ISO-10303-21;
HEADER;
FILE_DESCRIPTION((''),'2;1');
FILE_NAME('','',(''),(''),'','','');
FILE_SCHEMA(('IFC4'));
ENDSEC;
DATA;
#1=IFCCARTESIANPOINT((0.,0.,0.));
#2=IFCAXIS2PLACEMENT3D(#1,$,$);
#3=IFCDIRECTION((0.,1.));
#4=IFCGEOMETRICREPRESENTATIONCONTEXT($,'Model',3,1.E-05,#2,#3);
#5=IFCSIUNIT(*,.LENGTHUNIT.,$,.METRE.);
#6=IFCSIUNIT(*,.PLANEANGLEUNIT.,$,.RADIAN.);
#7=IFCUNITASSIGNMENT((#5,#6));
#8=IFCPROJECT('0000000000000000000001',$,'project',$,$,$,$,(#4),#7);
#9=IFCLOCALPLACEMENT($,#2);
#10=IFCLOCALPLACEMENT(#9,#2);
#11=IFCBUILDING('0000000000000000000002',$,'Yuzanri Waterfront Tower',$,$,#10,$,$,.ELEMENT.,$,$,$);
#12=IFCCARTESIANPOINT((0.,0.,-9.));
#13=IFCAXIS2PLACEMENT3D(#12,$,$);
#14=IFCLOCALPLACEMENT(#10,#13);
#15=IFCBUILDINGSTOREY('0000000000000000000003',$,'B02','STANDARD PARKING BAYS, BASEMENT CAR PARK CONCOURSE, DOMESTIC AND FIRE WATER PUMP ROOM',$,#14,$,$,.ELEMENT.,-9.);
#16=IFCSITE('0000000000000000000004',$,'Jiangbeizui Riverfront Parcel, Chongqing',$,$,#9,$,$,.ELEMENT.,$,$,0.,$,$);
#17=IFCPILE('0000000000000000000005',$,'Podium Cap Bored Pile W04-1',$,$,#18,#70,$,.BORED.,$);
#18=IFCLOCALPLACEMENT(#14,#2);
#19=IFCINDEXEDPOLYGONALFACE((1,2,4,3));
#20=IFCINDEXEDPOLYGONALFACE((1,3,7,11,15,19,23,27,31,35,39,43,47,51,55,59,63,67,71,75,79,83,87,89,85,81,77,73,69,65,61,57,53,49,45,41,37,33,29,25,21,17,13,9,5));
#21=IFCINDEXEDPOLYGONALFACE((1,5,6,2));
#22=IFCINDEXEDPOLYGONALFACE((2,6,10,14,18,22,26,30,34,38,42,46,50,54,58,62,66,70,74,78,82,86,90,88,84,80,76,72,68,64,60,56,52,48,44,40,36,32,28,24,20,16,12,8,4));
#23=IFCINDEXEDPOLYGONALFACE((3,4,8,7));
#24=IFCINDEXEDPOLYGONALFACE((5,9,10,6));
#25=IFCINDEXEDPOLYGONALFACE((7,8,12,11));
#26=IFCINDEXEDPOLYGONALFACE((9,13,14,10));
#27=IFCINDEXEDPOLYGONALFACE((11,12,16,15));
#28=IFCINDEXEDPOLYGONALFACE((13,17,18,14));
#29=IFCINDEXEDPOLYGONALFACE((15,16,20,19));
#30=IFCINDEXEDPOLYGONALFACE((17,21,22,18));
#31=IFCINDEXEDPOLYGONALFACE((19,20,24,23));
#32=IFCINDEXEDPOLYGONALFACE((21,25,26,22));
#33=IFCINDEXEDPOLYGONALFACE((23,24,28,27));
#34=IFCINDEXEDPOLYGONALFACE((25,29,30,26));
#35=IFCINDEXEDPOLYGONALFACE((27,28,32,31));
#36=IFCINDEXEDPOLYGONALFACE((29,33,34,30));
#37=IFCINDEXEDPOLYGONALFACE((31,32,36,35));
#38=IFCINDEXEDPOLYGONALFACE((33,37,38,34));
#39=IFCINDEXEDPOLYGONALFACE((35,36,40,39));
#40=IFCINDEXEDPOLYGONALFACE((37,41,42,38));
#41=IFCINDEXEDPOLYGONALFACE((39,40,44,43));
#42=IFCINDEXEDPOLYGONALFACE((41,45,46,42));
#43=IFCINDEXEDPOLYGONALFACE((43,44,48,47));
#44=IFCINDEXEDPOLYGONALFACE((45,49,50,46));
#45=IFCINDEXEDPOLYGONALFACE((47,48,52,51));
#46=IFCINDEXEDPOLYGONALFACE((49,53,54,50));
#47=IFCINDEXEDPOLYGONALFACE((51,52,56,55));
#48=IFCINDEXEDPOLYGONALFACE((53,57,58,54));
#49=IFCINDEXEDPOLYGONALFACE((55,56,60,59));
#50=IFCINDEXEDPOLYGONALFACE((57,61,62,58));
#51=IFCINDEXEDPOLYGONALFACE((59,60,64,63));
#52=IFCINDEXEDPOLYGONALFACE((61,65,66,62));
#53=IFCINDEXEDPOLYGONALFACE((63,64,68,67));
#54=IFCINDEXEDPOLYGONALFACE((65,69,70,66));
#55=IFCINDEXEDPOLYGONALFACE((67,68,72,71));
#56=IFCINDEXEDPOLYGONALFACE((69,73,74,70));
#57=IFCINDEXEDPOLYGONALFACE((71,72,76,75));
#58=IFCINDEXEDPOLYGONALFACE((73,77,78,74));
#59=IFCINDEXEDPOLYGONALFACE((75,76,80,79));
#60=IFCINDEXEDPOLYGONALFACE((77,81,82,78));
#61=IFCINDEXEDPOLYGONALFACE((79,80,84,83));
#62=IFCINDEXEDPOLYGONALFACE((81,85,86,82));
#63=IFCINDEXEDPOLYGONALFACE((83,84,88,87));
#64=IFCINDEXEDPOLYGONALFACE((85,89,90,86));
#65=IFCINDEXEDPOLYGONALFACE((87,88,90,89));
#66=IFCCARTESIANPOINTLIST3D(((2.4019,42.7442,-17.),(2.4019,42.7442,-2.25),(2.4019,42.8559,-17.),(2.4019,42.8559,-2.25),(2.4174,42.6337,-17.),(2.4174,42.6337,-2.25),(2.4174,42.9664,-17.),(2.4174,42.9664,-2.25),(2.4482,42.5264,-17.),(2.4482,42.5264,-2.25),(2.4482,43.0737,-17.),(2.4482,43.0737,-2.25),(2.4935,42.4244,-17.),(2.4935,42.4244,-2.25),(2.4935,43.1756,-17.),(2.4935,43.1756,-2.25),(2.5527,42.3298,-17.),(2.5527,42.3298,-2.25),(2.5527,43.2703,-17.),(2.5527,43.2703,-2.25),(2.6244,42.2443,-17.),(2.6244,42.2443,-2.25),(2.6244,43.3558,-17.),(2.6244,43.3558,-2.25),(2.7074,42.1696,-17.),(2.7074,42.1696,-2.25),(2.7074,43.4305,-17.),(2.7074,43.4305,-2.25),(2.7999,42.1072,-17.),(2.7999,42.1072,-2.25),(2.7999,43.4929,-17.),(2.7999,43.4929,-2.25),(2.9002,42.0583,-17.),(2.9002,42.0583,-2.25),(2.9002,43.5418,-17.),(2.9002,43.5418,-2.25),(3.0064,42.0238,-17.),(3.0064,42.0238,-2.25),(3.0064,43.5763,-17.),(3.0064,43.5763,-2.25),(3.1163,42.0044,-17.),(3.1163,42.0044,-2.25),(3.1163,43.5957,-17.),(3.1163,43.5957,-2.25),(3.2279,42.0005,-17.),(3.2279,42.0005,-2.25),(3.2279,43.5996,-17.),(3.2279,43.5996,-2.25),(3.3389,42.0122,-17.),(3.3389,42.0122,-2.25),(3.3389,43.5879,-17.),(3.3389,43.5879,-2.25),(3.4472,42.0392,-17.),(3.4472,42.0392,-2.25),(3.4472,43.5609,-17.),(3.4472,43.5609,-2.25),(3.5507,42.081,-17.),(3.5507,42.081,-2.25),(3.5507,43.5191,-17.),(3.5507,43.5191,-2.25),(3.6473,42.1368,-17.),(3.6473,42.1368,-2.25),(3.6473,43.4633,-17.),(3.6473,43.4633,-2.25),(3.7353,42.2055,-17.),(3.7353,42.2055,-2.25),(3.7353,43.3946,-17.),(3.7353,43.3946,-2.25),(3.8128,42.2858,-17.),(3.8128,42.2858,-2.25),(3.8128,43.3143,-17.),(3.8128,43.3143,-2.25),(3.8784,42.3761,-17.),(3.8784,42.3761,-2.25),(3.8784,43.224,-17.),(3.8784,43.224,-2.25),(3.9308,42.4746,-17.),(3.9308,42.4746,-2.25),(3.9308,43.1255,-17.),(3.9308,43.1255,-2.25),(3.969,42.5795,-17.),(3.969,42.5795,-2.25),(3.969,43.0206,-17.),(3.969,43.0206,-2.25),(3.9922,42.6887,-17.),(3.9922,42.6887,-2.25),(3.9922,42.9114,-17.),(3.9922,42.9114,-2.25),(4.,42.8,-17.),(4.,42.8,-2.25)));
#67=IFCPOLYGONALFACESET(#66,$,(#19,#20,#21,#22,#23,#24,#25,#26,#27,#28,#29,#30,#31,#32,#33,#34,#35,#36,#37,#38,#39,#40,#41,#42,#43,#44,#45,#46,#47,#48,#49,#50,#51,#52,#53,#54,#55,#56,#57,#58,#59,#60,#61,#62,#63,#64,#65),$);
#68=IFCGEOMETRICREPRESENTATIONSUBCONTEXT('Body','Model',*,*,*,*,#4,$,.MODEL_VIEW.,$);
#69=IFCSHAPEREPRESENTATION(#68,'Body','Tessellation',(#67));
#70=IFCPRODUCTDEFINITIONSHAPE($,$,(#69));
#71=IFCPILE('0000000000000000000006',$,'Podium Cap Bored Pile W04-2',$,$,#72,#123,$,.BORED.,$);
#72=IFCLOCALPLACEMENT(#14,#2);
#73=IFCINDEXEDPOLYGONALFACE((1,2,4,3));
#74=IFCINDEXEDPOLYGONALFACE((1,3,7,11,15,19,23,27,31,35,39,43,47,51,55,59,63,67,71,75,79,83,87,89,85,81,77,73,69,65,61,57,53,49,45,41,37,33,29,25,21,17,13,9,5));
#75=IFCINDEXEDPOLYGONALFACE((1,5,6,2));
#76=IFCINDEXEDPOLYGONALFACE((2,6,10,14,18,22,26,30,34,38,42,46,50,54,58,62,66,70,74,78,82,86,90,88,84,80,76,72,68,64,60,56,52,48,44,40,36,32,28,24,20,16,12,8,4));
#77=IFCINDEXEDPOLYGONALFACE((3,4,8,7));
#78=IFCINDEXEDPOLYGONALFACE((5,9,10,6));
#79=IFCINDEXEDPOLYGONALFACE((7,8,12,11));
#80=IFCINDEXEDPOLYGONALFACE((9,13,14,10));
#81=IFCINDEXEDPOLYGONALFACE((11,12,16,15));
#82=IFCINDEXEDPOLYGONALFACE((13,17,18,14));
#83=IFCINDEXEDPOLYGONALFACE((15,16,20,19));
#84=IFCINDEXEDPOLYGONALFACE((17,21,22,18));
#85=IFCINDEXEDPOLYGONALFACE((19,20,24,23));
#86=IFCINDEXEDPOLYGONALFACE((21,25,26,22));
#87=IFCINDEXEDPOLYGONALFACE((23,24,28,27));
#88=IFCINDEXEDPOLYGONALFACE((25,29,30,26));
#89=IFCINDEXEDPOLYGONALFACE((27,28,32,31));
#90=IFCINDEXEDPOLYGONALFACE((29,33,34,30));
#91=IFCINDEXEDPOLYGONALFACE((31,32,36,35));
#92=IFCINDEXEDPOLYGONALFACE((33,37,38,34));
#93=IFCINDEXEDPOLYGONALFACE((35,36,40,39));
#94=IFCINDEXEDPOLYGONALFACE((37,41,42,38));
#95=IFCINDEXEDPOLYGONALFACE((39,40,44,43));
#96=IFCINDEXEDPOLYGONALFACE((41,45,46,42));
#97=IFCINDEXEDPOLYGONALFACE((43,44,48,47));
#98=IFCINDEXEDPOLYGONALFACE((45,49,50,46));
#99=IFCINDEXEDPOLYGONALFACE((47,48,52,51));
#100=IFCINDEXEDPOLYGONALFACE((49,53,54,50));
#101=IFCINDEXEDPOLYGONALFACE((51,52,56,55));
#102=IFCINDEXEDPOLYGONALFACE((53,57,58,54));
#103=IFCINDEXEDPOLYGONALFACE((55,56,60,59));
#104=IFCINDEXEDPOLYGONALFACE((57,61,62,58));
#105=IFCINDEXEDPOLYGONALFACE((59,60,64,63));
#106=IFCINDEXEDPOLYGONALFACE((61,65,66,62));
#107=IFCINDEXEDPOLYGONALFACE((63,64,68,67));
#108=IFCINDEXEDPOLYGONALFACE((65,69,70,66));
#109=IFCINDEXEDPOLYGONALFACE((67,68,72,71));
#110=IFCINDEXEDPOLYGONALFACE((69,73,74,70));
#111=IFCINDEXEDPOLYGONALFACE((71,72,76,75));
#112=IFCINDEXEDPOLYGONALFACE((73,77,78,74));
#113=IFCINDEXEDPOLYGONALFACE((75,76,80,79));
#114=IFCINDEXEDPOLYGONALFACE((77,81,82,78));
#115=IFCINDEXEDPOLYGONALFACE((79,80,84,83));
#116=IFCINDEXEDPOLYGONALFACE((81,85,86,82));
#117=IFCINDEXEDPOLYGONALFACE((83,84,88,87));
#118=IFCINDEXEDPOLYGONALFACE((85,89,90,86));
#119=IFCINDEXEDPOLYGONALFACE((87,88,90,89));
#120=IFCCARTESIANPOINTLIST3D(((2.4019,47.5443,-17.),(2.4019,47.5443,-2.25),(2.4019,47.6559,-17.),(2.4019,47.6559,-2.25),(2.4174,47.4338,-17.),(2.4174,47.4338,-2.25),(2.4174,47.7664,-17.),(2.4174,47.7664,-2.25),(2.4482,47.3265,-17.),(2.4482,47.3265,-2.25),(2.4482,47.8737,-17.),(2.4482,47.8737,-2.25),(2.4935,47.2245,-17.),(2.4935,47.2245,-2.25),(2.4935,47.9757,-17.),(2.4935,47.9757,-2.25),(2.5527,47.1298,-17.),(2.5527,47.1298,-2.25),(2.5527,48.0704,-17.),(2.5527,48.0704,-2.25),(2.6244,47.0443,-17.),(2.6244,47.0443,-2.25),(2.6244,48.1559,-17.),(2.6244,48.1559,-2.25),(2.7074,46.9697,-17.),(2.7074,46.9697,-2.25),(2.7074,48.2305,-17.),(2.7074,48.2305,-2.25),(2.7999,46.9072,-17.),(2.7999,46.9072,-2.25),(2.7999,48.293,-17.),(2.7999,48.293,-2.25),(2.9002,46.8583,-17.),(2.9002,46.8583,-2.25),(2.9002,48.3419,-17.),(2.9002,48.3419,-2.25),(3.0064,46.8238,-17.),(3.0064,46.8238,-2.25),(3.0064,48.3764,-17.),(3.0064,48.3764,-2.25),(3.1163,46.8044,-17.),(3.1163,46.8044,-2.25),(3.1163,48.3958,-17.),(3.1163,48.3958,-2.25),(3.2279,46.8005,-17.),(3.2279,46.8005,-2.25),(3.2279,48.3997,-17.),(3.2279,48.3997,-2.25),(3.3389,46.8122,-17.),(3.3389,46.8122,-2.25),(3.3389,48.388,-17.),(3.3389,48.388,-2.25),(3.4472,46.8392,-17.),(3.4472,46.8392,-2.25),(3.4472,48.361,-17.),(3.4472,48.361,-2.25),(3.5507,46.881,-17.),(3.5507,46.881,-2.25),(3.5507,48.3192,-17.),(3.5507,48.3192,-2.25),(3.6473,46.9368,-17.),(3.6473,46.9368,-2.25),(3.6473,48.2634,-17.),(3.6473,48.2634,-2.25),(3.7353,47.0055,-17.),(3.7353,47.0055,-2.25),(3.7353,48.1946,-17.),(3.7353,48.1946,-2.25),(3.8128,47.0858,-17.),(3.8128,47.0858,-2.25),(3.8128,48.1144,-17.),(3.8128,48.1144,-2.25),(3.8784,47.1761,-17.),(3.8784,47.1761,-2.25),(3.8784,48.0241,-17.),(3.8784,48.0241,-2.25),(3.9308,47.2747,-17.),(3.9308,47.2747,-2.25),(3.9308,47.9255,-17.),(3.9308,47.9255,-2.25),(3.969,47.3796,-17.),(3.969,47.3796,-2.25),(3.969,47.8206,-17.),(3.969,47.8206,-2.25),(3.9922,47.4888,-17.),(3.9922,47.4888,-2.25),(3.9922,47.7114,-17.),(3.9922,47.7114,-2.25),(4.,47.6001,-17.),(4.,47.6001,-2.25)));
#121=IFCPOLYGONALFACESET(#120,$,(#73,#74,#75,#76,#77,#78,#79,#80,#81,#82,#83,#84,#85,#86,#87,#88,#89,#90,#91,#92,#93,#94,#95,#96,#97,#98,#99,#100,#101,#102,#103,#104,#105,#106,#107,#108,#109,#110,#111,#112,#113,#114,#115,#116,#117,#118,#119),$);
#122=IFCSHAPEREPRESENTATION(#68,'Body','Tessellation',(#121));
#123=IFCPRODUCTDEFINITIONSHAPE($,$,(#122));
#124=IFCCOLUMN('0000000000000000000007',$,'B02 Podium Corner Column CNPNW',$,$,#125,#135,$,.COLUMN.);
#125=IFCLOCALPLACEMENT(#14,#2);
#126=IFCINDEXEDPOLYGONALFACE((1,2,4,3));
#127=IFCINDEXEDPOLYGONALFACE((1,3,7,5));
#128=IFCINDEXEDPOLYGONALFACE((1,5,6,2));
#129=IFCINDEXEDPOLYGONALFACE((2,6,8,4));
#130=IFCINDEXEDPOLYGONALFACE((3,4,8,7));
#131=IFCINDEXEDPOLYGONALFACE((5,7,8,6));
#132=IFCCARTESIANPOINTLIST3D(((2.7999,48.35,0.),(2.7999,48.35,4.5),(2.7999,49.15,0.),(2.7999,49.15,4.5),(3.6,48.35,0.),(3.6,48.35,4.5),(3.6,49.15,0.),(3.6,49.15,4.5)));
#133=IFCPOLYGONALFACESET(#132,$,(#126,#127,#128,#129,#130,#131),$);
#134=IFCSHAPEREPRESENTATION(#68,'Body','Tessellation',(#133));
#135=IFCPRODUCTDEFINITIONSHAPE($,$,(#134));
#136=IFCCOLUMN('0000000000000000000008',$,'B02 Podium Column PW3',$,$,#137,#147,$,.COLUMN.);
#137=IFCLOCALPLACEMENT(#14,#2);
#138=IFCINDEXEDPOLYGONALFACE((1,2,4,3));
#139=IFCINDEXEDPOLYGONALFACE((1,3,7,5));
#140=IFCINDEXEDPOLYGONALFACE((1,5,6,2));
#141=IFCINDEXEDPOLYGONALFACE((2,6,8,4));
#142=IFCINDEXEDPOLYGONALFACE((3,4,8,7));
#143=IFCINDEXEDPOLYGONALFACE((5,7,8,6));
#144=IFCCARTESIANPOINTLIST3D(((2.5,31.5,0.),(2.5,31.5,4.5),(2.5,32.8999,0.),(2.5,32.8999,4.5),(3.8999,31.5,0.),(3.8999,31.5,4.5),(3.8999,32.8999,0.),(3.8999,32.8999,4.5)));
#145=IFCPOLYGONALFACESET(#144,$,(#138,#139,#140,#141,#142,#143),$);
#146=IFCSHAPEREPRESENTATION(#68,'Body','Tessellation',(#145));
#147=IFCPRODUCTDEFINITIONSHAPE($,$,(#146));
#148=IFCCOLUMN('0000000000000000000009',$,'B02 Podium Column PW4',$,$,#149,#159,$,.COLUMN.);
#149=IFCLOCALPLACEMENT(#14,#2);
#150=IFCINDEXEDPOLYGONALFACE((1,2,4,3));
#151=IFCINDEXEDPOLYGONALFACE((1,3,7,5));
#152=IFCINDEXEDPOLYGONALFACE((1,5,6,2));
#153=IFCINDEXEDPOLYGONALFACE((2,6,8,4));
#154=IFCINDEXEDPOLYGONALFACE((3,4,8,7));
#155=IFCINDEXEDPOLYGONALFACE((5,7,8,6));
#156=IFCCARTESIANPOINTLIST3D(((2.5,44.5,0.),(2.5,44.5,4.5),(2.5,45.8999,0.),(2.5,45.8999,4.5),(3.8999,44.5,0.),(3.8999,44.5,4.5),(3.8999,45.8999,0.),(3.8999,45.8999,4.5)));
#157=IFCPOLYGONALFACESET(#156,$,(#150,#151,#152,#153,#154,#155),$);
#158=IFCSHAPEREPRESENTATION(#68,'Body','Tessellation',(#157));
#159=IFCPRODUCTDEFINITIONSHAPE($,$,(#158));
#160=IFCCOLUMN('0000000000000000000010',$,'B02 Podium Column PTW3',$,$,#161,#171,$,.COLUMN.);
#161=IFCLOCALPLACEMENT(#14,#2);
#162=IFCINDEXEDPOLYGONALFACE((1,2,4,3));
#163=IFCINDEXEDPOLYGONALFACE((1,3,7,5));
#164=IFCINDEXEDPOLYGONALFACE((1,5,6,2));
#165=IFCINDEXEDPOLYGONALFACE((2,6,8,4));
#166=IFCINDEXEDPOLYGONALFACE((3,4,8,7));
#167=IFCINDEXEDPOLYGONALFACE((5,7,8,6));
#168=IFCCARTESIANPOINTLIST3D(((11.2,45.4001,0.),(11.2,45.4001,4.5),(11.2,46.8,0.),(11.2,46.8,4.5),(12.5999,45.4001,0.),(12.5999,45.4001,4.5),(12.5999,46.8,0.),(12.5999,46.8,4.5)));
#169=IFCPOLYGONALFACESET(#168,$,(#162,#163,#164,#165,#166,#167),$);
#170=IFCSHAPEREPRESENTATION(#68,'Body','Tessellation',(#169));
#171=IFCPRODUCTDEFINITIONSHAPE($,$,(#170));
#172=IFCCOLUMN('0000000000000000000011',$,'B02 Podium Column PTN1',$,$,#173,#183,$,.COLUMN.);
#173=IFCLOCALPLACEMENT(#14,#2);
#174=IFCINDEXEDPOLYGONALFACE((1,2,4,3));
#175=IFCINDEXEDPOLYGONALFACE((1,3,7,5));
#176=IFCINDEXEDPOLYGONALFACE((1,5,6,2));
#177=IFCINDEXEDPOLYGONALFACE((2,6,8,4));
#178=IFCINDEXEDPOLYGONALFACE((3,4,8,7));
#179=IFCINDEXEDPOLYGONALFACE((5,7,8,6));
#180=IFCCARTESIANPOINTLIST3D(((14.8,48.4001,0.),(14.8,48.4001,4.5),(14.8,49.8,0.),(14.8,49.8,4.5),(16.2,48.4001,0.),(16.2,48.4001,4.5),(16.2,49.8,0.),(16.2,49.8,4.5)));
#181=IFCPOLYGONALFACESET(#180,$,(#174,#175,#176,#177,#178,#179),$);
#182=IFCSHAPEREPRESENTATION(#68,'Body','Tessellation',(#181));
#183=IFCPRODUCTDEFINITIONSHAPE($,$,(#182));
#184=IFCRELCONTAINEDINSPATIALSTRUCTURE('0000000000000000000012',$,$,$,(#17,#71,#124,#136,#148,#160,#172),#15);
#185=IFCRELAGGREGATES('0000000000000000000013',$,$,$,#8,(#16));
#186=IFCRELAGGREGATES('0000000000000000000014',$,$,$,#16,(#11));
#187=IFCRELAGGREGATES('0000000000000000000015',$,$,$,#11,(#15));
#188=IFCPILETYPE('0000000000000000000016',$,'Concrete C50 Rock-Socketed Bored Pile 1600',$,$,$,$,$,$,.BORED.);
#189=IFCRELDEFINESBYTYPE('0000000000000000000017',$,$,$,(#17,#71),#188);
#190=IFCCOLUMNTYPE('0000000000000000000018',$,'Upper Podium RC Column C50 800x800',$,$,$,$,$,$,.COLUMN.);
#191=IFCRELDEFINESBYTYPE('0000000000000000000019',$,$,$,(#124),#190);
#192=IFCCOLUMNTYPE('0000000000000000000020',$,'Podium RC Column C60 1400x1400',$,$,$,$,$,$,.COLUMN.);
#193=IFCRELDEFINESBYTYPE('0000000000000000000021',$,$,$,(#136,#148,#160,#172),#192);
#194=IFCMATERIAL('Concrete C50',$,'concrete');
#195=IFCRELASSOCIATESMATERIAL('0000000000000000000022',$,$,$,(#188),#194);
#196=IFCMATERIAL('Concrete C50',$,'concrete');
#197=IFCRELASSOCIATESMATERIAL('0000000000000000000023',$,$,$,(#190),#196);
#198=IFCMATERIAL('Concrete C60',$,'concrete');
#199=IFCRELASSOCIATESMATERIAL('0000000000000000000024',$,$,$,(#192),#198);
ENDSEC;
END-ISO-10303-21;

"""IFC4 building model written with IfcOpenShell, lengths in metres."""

from ifc_helpers import new_model, si_unit, direction, frame, origin, origin_2d, place, context, subcontext, project, spatial, rectangle, circle, extrude, source, transform, mapped, material, material_profile, profile_set, type_object, element, save


model = new_model("IFC4")

# Units and contexts
model_context = context("Model", 3, precision=1e-05, world=origin(), true_north=direction((0.0, 1.0)))
body_context = subcontext(model_context, "Body", "Model", "MODEL_VIEW")
ifc_project = project(units=[si_unit("LENGTHUNIT", "METRE"), si_unit("PLANEANGLEUNIT", "RADIAN")], contexts=[model_context])

# Site, building, storey
site_placement = place(None, origin())
site = spatial("IfcSite", under=ifc_project, at=site_placement, Name="Jiangbeizui Riverfront Parcel, Chongqing", CompositionType="ELEMENT", RefElevation=0.0)
building_placement = place(site_placement, origin())
building = spatial("IfcBuilding", under=site, at=building_placement, Name="Yuzanri Waterfront Tower", CompositionType="ELEMENT")
storey_placement = place(building_placement, frame((0.0, 0.0, -9.0)))
storey = spatial("IfcBuildingStorey", under=building, at=storey_placement, Name="B02", Description="STANDARD PARKING BAYS, BASEMENT CAR PARK CONCOURSE, DOMESTIC AND FIRE WATER PUMP ROOM", CompositionType="ELEMENT", Elevation=-9.0)

# Piles
ifc_material_1 = material(Name="Concrete C50", Category="concrete")
ifc_material_profile_1 = material_profile(ifc_material_1, circle(Radius=0.8, at=origin_2d()), Name="PILE D1600")
ifc_profile_set_1 = profile_set([ifc_material_profile_1], Name="Concrete C50")
pile_type_1 = type_object("IfcPileType", Name="Concrete C50 Rock-Socketed Bored Pile 1600", PredefinedType="BORED", material=ifc_profile_set_1)
shared_shape_1 = source(origin(), body_context, "Body", "SweptSolid", [
    extrude(circle(Radius=0.8, at=origin_2d()), origin(), (0.0, 0.0, 1.0), 14.75),
])
for number, where, z_axis, x_axis, name in (
    (1, (3.2, 42.8, -2.25), (0.0, 0.0, -1.0), (1.0, 0.0, 0.0), "Podium Cap Bored Pile W04-1"),
    (2, (3.2, 47.6001, -2.25), (0.0, 0.0, -1.0), (1.0, 0.0, 0.0), "Podium Cap Bored Pile W04-2"),
):
    element("IfcPile", number, at=place(storey_placement, frame(where, z_axis=z_axis, x_axis=x_axis)), inside=storey, type_object=pile_type_1, Name=name, PredefinedType="BORED", context=body_context, shape_type="MappedRepresentation", body=[
        mapped(shared_shape_1, transform((0.0, 0.0, 0.0), scale=1.0)),
    ])

# Columns
ifc_material_2 = material(Name="Concrete C50", Category="concrete")
ifc_material_profile_2 = material_profile(ifc_material_2, rectangle(XDim=0.8, YDim=0.8, at=origin_2d()), Name="RC 800x800")
ifc_profile_set_2 = profile_set([ifc_material_profile_2], Name="Concrete C50")
column_type_1 = type_object("IfcColumnType", Name="Upper Podium RC Column C50 800x800", PredefinedType="COLUMN", material=ifc_profile_set_2)
shared_shape_2 = source(origin(), body_context, "Body", "SweptSolid", [
    extrude(rectangle(XDim=0.8, YDim=0.8, at=origin_2d()), origin(), (0.0, 0.0, 1.0), 4.5),
])
column_placement = place(storey_placement, frame((3.2, 48.75, 0.0), z_axis=(0.0, 0.0, 1.0), x_axis=(1.0, 0.0, 0.0)))
element("IfcColumn", 3, at=column_placement, inside=storey, type_object=column_type_1, Name="B02 Podium Corner Column CNPNW", PredefinedType="COLUMN", context=body_context, shape_type="MappedRepresentation", body=[
    mapped(shared_shape_2, transform((0.0, 0.0, 0.0), scale=1.0)),
])
ifc_material_3 = material(Name="Concrete C60", Category="concrete")
ifc_material_profile_3 = material_profile(ifc_material_3, rectangle(XDim=1.3999, YDim=1.3999, at=origin_2d()), Name="RC 1400x1400")
ifc_profile_set_3 = profile_set([ifc_material_profile_3], Name="Concrete C60")
column_type_2 = type_object("IfcColumnType", Name="Podium RC Column C60 1400x1400", PredefinedType="COLUMN", material=ifc_profile_set_3)
shared_shape_3 = source(origin(), body_context, "Body", "SweptSolid", [
    extrude(rectangle(XDim=1.3999, YDim=1.3999, at=origin_2d()), origin(), (0.0, 0.0, 1.0), 4.5),
])
for number, where, z_axis, x_axis, name in (
    (4, (3.2, 32.2, 0.0), (0.0, 0.0, 1.0), (1.0, 0.0, 0.0), "B02 Podium Column PW3"),
    (5, (3.2, 45.2, 0.0), (0.0, 0.0, 1.0), (1.0, 0.0, 0.0), "B02 Podium Column PW4"),
    (6, (11.8999, 46.1001, 0.0), (0.0, 0.0, 1.0), (1.0, 0.0, 0.0), "B02 Podium Column PTW3"),
    (7, (15.5, 49.1001, 0.0), (0.0, 0.0, 1.0), (1.0, 0.0, 0.0), "B02 Podium Column PTN1"),
):
    element("IfcColumn", number, at=place(storey_placement, frame(where, z_axis=z_axis, x_axis=x_axis)), inside=storey, type_object=column_type_2, Name=name, PredefinedType="COLUMN", context=body_context, shape_type="MappedRepresentation", body=[
        mapped(shared_shape_3, transform((0.0, 0.0, 0.0), scale=1.0)),
    ])

save(model, "model.ifc")
